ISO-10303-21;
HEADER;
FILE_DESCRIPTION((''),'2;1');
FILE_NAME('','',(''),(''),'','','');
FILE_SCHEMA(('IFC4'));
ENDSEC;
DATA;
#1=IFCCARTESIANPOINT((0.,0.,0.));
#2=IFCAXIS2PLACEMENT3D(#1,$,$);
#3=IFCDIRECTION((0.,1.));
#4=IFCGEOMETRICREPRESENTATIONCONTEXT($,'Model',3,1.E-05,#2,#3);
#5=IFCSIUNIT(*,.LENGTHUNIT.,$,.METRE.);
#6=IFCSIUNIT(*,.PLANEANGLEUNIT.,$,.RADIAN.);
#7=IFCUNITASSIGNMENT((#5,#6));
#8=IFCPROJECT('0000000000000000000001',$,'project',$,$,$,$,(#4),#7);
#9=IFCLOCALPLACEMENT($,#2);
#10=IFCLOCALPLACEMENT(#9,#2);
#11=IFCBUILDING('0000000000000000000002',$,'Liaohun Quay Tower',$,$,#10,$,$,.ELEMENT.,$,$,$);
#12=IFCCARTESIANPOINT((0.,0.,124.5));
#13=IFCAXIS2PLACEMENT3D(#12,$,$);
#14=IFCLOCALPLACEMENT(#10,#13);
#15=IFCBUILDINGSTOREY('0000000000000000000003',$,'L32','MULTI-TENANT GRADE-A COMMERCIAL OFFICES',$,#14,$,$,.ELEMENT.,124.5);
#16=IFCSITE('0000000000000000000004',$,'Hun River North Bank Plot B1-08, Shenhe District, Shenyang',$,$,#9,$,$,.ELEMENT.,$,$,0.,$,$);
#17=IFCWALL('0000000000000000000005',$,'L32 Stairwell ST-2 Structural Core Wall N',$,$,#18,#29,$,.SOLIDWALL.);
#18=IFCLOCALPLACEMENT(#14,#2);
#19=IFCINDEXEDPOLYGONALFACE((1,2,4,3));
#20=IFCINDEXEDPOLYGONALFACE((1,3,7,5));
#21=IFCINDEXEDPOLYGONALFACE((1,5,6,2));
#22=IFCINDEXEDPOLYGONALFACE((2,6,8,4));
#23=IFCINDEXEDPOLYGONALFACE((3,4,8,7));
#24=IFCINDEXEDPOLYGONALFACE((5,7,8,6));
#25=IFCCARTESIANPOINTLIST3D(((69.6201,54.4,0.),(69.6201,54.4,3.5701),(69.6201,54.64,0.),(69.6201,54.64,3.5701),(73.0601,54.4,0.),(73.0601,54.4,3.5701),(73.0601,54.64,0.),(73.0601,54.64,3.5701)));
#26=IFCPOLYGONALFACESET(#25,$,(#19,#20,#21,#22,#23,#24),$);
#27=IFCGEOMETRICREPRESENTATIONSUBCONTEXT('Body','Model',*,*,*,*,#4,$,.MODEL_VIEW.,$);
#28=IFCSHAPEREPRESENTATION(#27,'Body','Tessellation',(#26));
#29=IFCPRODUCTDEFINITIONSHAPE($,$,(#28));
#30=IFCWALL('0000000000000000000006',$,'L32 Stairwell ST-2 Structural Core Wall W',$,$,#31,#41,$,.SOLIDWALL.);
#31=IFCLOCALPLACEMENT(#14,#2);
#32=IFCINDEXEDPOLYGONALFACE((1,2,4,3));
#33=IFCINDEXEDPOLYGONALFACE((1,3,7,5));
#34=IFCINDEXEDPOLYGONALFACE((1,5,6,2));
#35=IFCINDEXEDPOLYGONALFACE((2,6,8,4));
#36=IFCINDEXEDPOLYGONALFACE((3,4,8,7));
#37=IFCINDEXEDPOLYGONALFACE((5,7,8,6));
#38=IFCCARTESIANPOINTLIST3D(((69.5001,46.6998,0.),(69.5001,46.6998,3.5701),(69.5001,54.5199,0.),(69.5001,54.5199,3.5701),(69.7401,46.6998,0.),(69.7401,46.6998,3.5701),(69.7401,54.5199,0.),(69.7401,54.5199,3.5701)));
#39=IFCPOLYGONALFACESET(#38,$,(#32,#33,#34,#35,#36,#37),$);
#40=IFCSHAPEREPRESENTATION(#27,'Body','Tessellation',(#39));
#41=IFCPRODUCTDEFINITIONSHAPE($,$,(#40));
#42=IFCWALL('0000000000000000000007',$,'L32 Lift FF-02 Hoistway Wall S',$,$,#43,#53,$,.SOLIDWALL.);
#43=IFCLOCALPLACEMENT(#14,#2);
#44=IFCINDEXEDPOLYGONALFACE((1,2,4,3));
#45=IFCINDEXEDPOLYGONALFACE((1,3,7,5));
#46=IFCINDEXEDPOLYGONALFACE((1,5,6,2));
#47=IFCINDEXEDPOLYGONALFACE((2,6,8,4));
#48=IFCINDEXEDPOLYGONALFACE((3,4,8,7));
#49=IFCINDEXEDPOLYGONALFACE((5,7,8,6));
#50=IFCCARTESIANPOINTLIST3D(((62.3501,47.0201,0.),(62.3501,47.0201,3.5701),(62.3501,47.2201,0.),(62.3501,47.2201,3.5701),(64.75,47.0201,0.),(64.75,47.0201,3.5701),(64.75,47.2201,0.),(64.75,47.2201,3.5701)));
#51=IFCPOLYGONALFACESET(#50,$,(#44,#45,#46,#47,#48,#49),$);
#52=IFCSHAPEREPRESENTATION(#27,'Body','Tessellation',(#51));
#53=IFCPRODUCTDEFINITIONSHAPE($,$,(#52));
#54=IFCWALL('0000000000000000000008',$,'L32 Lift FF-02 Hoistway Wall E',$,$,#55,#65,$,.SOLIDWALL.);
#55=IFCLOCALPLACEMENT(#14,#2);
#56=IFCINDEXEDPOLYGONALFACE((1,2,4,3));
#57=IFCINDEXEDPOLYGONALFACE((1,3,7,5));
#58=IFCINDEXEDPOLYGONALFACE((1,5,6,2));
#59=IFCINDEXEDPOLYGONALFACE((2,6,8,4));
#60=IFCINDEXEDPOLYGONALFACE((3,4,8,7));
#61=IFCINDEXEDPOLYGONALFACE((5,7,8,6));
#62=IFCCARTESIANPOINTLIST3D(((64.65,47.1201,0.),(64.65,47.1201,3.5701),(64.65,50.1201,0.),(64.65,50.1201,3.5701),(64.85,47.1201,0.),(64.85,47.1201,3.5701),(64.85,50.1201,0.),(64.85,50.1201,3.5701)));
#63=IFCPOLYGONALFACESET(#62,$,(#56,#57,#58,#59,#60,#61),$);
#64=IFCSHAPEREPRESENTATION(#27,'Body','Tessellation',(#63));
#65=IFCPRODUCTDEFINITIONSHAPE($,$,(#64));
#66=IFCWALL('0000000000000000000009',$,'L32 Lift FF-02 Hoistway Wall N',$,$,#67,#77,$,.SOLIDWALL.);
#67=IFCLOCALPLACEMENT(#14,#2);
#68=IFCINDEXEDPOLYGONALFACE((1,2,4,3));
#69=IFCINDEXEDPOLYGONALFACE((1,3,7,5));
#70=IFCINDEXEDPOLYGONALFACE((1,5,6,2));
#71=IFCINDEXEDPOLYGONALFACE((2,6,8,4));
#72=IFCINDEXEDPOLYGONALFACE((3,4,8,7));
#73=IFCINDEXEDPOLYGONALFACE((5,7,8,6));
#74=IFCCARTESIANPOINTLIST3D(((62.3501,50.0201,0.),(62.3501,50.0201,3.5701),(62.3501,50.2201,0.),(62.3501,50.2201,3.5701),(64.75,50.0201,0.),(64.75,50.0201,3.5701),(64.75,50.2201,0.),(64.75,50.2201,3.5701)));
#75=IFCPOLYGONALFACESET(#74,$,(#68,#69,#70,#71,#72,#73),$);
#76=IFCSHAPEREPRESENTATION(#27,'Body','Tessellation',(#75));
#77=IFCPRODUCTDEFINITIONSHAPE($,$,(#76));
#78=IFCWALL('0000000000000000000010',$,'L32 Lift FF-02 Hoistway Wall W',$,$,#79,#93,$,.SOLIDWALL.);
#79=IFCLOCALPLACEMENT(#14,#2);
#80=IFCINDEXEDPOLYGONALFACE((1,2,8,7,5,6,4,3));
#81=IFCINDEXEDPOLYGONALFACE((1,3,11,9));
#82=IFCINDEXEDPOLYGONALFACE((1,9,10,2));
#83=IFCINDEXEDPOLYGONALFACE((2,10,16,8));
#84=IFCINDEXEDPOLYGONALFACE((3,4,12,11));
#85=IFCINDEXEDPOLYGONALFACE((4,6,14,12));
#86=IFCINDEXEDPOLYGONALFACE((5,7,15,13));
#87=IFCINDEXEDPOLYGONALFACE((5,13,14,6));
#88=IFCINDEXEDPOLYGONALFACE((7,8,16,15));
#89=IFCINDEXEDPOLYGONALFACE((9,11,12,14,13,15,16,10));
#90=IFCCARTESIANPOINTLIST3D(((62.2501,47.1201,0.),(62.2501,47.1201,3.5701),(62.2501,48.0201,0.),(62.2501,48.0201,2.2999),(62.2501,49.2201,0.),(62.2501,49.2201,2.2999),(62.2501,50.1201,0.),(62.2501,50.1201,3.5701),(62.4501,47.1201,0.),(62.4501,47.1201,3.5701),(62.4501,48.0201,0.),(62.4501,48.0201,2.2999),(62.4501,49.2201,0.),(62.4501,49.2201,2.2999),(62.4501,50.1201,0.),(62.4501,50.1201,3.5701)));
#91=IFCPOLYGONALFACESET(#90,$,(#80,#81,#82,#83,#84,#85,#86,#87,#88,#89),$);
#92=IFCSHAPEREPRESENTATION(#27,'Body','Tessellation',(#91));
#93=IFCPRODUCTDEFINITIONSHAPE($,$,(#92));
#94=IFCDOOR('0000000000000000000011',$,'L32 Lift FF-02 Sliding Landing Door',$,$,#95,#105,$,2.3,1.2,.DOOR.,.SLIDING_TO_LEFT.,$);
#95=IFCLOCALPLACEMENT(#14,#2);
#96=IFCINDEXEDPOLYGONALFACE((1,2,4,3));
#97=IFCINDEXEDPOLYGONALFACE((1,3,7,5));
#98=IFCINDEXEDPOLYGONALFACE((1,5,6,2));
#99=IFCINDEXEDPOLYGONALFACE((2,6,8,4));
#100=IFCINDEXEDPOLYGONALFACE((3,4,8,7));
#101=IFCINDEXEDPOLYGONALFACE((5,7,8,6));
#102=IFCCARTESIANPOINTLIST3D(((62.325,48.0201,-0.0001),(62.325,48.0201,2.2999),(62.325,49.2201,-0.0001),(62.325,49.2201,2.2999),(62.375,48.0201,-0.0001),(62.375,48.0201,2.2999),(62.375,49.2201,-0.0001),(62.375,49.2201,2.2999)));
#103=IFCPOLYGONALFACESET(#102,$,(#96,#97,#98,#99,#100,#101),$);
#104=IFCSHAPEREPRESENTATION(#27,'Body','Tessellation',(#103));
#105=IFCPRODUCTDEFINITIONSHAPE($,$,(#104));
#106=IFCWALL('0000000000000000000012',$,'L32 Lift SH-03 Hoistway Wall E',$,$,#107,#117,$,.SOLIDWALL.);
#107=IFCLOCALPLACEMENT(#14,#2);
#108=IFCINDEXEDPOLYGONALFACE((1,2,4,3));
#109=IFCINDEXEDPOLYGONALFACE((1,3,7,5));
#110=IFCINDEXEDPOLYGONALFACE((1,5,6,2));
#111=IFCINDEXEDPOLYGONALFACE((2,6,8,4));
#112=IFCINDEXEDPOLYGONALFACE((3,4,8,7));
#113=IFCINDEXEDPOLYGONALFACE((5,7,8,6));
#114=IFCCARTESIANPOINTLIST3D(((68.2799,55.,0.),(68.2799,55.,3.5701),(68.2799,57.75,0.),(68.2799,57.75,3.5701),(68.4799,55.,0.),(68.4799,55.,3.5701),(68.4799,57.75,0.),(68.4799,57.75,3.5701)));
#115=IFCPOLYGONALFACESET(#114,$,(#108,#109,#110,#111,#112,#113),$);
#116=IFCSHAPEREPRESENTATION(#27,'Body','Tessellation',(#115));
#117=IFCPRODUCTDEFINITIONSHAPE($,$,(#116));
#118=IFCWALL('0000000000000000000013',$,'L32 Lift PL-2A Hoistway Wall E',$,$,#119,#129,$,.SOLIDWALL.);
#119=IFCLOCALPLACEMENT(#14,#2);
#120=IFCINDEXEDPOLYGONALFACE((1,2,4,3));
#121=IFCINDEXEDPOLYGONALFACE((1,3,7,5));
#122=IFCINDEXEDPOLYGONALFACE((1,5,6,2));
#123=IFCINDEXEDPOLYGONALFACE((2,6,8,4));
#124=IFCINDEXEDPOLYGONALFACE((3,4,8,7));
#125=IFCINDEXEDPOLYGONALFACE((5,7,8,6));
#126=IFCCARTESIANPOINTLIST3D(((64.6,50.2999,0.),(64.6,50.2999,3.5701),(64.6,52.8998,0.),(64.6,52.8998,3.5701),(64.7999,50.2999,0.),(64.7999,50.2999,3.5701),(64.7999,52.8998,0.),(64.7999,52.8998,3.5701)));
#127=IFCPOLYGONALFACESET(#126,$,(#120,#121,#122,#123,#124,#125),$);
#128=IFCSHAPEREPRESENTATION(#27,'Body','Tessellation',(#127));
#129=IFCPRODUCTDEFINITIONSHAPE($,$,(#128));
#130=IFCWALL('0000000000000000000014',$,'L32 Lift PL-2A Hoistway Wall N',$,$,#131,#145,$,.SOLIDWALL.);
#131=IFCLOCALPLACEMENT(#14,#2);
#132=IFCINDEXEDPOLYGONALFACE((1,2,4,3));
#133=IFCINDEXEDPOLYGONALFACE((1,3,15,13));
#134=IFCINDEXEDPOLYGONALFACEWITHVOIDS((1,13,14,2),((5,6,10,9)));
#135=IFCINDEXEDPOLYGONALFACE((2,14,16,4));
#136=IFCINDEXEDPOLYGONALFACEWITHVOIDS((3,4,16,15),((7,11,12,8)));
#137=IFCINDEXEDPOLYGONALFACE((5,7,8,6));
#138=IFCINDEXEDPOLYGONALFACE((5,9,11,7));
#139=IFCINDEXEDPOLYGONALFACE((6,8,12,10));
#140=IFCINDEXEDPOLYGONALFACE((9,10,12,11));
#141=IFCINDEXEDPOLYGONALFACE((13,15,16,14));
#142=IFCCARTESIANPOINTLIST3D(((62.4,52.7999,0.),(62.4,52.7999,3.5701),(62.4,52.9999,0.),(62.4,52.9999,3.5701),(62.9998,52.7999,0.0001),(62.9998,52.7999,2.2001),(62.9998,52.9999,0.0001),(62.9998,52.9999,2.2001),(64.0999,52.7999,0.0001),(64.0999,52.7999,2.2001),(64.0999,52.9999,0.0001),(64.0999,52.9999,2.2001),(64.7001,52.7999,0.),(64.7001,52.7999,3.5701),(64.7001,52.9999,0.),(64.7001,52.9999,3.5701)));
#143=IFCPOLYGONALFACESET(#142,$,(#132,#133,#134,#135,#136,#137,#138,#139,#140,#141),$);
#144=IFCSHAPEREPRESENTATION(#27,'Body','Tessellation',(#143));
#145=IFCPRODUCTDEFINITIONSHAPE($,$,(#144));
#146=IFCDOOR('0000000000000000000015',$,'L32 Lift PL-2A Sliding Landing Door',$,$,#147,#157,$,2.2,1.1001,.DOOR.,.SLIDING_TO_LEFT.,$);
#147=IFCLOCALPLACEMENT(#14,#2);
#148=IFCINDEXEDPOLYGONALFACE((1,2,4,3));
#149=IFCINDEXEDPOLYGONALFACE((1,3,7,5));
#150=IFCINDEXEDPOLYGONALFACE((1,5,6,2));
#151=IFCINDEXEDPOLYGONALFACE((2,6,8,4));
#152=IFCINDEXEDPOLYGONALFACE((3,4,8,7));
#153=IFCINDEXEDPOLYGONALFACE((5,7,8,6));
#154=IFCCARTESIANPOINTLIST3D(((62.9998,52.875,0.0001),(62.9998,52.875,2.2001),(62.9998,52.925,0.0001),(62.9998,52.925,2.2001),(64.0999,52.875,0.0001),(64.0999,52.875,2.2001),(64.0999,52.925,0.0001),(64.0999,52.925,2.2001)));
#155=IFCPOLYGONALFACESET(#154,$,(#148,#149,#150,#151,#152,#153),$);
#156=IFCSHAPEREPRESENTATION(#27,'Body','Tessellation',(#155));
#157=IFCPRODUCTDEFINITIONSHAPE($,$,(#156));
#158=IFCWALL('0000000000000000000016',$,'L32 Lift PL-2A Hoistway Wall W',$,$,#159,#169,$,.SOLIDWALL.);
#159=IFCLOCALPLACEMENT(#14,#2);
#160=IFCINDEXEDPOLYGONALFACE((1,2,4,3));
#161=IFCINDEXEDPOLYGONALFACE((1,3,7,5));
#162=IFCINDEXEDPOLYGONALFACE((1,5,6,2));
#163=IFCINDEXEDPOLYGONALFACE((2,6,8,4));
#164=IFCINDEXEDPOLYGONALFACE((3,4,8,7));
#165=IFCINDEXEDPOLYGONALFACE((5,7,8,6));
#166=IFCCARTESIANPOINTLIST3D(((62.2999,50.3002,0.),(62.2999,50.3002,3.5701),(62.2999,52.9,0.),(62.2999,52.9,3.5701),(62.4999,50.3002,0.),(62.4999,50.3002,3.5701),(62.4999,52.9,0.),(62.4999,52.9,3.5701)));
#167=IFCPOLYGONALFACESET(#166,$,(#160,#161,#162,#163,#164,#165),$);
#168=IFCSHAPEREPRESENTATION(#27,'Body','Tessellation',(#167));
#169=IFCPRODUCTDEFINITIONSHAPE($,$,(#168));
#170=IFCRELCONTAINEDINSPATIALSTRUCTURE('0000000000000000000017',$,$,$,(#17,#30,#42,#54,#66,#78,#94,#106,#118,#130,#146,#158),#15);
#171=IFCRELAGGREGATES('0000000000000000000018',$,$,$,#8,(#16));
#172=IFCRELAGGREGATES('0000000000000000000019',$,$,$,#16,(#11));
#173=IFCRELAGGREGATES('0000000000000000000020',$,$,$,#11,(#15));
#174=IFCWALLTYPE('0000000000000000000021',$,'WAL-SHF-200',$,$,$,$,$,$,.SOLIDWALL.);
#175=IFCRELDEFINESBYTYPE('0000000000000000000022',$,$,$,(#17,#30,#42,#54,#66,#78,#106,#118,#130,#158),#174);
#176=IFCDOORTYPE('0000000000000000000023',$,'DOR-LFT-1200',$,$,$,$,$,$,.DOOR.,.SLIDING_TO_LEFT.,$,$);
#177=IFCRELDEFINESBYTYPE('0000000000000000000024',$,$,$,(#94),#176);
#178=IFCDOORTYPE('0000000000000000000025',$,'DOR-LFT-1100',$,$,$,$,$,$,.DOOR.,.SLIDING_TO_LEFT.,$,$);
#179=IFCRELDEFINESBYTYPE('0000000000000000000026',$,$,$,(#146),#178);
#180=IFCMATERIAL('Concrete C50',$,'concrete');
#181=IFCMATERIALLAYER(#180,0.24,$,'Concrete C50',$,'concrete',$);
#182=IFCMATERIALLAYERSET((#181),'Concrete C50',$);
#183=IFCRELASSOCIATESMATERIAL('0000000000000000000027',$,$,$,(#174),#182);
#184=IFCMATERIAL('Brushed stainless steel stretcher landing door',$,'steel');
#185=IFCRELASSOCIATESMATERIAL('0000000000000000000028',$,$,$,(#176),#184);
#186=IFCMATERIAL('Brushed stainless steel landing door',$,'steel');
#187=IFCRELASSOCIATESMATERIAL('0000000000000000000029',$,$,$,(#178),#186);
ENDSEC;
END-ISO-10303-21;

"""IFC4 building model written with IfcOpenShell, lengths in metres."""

from ifc_helpers import new_model, si_unit, direction, frame, frame_2d, origin, place, context, subcontext, project, spatial, rectangle, extrude, source, transform, mapped, material, layer, layer_set, type_object, element, fill, save


model = new_model("IFC4")

# Units and contexts
model_context = context("Model", 3, precision=1e-05, world=origin(), true_north=direction((0.0, 1.0)))
body_context = subcontext(model_context, "Body", "Model", "MODEL_VIEW")
ifc_project = project(units=[si_unit("LENGTHUNIT", "METRE"), si_unit("PLANEANGLEUNIT", "RADIAN")], contexts=[model_context])

# Site, building, storey
site_placement = place(None, origin())
site = spatial("IfcSite", under=ifc_project, at=site_placement, Name="Hun River North Bank Plot B1-08, Shenhe District, Shenyang", CompositionType="ELEMENT", RefElevation=0.0)
building_placement = place(site_placement, origin())
building = spatial("IfcBuilding", under=site, at=building_placement, Name="Liaohun Quay Tower", CompositionType="ELEMENT")
storey_placement = place(building_placement, frame((0.0, 0.0, 124.5)))
storey = spatial("IfcBuildingStorey", under=building, at=storey_placement, Name="L32", Description="MULTI-TENANT GRADE-A COMMERCIAL OFFICES", CompositionType="ELEMENT", Elevation=124.5)

# Walls
ifc_material_1 = material(Name="Concrete C50", Category="concrete")
ifc_layer_1 = layer(ifc_material_1, 0.24, Name="Concrete C50", Category="concrete")
ifc_layer_set_1 = layer_set([ifc_layer_1], Name="Concrete C50")
wall_type_1 = type_object("IfcWallType", Name="WAL-SHF-200", PredefinedType="SOLIDWALL", material=ifc_layer_set_1)
wall_1_placement = place(storey_placement, frame((73.0601, 54.52, 0.0), z_axis=(0.0, 0.0, 1.0), x_axis=(-1.0, 0.0, 0.0)))
element("IfcWall", 1, at=wall_1_placement, inside=storey, type_object=wall_type_1, Name="L32 Stairwell ST-2 Structural Core Wall N", PredefinedType="SOLIDWALL", context=body_context, shape_type="SweptSolid", body=[
    extrude(rectangle(XDim=3.4399, YDim=0.24, at=frame_2d((1.72, 0.0))), origin(), (0.0, 0.0, 1.0), 3.5701),
])
wall_2_placement = place(storey_placement, frame((69.6201, 54.52, 0.0), z_axis=(0.0, 0.0, 1.0), x_axis=(0.0, -1.0, 0.0)))
element("IfcWall", 2, at=wall_2_placement, inside=storey, type_object=wall_type_1, Name="L32 Stairwell ST-2 Structural Core Wall W", PredefinedType="SOLIDWALL", context=body_context, shape_type="SweptSolid", body=[
    extrude(rectangle(XDim=7.8201, YDim=0.24, at=frame_2d((3.9102, 0.0))), origin(), (0.0, 0.0, 1.0), 3.5701),
])
wall_3_placement = place(storey_placement, frame((62.3501, 47.1201, 0.0), z_axis=(0.0, 0.0, 1.0), x_axis=(1.0, 0.0, 0.0)))
element("IfcWall", 3, at=wall_3_placement, inside=storey, type_object=wall_type_1, Name="L32 Lift FF-02 Hoistway Wall S", PredefinedType="SOLIDWALL", context=body_context, shape_type="SweptSolid", body=[
    extrude(rectangle(XDim=2.3999, YDim=0.2, at=frame_2d((1.2, 0.0))), origin(), (0.0, 0.0, 1.0), 3.5701),
])
wall_4_placement = place(storey_placement, frame((64.75, 47.1201, 0.0), z_axis=(0.0, 0.0, 1.0), x_axis=(0.0, 1.0, 0.0)))
element("IfcWall", 4, at=wall_4_placement, inside=storey, type_object=wall_type_1, Name="L32 Lift FF-02 Hoistway Wall E", PredefinedType="SOLIDWALL", context=body_context, shape_type="SweptSolid", body=[
    extrude(rectangle(XDim=3.0, YDim=0.2, at=frame_2d((1.5, 0.0))), origin(), (0.0, 0.0, 1.0), 3.5701),
])
wall_5_placement = place(storey_placement, frame((64.75, 50.1201, 0.0), z_axis=(0.0, 0.0, 1.0), x_axis=(-1.0, 0.0, 0.0)))
element("IfcWall", 5, at=wall_5_placement, inside=storey, type_object=wall_type_1, Name="L32 Lift FF-02 Hoistway Wall N", PredefinedType="SOLIDWALL", context=body_context, shape_type="SweptSolid", body=[
    extrude(rectangle(XDim=2.3999, YDim=0.2, at=frame_2d((1.2, 0.0))), origin(), (0.0, 0.0, 1.0), 3.5701),
])

# Wall, opening, door
wall_6_placement = place(storey_placement, frame((62.3501, 50.1201, 0.0), z_axis=(0.0, 0.0, 1.0), x_axis=(0.0, -1.0, 0.0)))
wall_6 = element("IfcWall", 6, at=wall_6_placement, inside=storey, type_object=wall_type_1, Name="L32 Lift FF-02 Hoistway Wall W", PredefinedType="SOLIDWALL", context=body_context, shape_type="SweptSolid", body=[
    extrude(rectangle(XDim=3.0, YDim=0.2, at=frame_2d((1.5, 0.0))), origin(), (0.0, 0.0, 1.0), 3.5701),
])
shared_shape_1 = source(origin(), body_context, "Body", "SweptSolid", [
    extrude(rectangle(XDim=1.2, YDim=2.3, at=frame_2d((0.6001, 1.1499))), frame((0.0, 0.1099, 0.0), z_axis=(0.0, -1.0, 0.0), x_axis=(1.0, 0.0, 0.0)), (0.0, 0.0, 1.0), 0.22),
])
opening_1_placement = place(wall_6_placement, frame((0.8999, 0.0, 0.0)))
opening_1 = element("IfcOpeningElement", 7, at=opening_1_placement, cuts=wall_6, PredefinedType="OPENING", context=body_context, shape_type="MappedRepresentation", body=[
    mapped(shared_shape_1, transform((0.0, 0.0, 0.0), x_axis=(1.0, 0.0, 0.0), y_axis=(0.0, 1.0, 0.0), z_axis=(0.0, 0.0, 1.0), scale=1.0)),
])
ifc_material_2 = material(Name="Brushed stainless steel stretcher landing door", Category="steel")
door_type_1 = type_object("IfcDoorType", Name="DOR-LFT-1200", OperationType="SLIDING_TO_LEFT", PredefinedType="DOOR", material=ifc_material_2)
shared_shape_2 = source(origin(), body_context, "Body", "SweptSolid", [
    extrude(rectangle(XDim=1.2, YDim=2.3, at=frame_2d((0.6001, 1.1499))), frame((0.0, 0.0249, 0.0), z_axis=(0.0, -1.0, 0.0), x_axis=(1.0, 0.0, 0.0)), (0.0, 0.0, 1.0), 0.05),
])
door_1_placement = place(opening_1_placement, origin())
door_1 = element("IfcDoor", 8, at=door_1_placement, inside=storey, type_object=door_type_1, Name="L32 Lift FF-02 Sliding Landing Door", OperationType="SLIDING_TO_LEFT", OverallHeight=2.3, OverallWidth=1.2, PredefinedType="DOOR", context=body_context, shape_type="MappedRepresentation", body=[
    mapped(shared_shape_2, transform((0.0, 0.0, 0.0), x_axis=(1.0, 0.0, 0.0), y_axis=(0.0, 1.0, 0.0), z_axis=(0.0, 0.0, 1.0), scale=1.0)),
])
fill(opening_1, door_1)

# Walls
wall_7_placement = place(storey_placement, frame((68.3799, 55.0, 0.0), z_axis=(0.0, 0.0, 1.0), x_axis=(0.0, 1.0, 0.0)))
element("IfcWall", 9, at=wall_7_placement, inside=storey, type_object=wall_type_1, Name="L32 Lift SH-03 Hoistway Wall E", PredefinedType="SOLIDWALL", context=body_context, shape_type="SweptSolid", body=[
    extrude(rectangle(XDim=2.75, YDim=0.2, at=frame_2d((1.375, 0.0))), origin(), (0.0, 0.0, 1.0), 3.5701),
])
wall_8_placement = place(storey_placement, frame((64.7, 50.3, 0.0), z_axis=(0.0, 0.0, 1.0), x_axis=(0.0, 1.0, 0.0)))
element("IfcWall", 10, at=wall_8_placement, inside=storey, type_object=wall_type_1, Name="L32 Lift PL-2A Hoistway Wall E", PredefinedType="SOLIDWALL", context=body_context, shape_type="SweptSolid", body=[
    extrude(rectangle(XDim=2.5999, YDim=0.2, at=frame_2d((1.2998, 0.0))), origin(), (0.0, 0.0, 1.0), 3.5701),
])

# Wall, opening, door
wall_9_placement = place(storey_placement, frame((64.7, 52.8999, 0.0), z_axis=(0.0, 0.0, 1.0), x_axis=(-1.0, 0.0, 0.0)))
wall_9 = element("IfcWall", 11, at=wall_9_placement, inside=storey, type_object=wall_type_1, Name="L32 Lift PL-2A Hoistway Wall N", PredefinedType="SOLIDWALL", context=body_context, shape_type="SweptSolid", body=[
    extrude(rectangle(XDim=2.3, YDim=0.2, at=frame_2d((1.1499, 0.0))), origin(), (0.0, 0.0, 1.0), 3.5701),
])
shared_shape_3 = source(origin(), body_context, "Body", "SweptSolid", [
    extrude(rectangle(XDim=1.1001, YDim=2.2, at=frame_2d((0.55, 1.1001))), frame((0.0, 0.1099, 0.0), z_axis=(0.0, -1.0, 0.0), x_axis=(1.0, 0.0, 0.0)), (0.0, 0.0, 1.0), 0.22),
])
opening_2_placement = place(wall_9_placement, frame((0.6001, 0.0, 0.0)))
opening_2 = element("IfcOpeningElement", 12, at=opening_2_placement, cuts=wall_9, PredefinedType="OPENING", context=body_context, shape_type="MappedRepresentation", body=[
    mapped(shared_shape_3, transform((0.0, 0.0, 0.0), x_axis=(1.0, 0.0, 0.0), y_axis=(0.0, 1.0, 0.0), z_axis=(0.0, 0.0, 1.0), scale=1.0)),
])
ifc_material_3 = material(Name="Brushed stainless steel landing door", Category="steel")
door_type_2 = type_object("IfcDoorType", Name="DOR-LFT-1100", OperationType="SLIDING_TO_LEFT", PredefinedType="DOOR", material=ifc_material_3)
shared_shape_4 = source(origin(), body_context, "Body", "SweptSolid", [
    extrude(rectangle(XDim=1.1001, YDim=2.2, at=frame_2d((0.55, 1.1001))), frame((0.0, 0.0249, 0.0), z_axis=(0.0, -1.0, 0.0), x_axis=(1.0, 0.0, 0.0)), (0.0, 0.0, 1.0), 0.05),
])
door_2_placement = place(opening_2_placement, origin())
door_2 = element("IfcDoor", 13, at=door_2_placement, inside=storey, type_object=door_type_2, Name="L32 Lift PL-2A Sliding Landing Door", OperationType="SLIDING_TO_LEFT", OverallHeight=2.2, OverallWidth=1.1001, PredefinedType="DOOR", context=body_context, shape_type="MappedRepresentation", body=[
    mapped(shared_shape_4, transform((0.0, 0.0, 0.0), x_axis=(1.0, 0.0, 0.0), y_axis=(0.0, 1.0, 0.0), z_axis=(0.0, 0.0, 1.0), scale=1.0)),
])
fill(opening_2, door_2)

# Wall
wall_10_placement = place(storey_placement, frame((62.3999, 52.8999, 0.0), z_axis=(0.0, 0.0, 1.0), x_axis=(0.0, -1.0, 0.0)))
element("IfcWall", 14, at=wall_10_placement, inside=storey, type_object=wall_type_1, Name="L32 Lift PL-2A Hoistway Wall W", PredefinedType="SOLIDWALL", context=body_context, shape_type="SweptSolid", body=[
    extrude(rectangle(XDim=2.5999, YDim=0.2, at=frame_2d((1.2998, 0.0))), origin(), (0.0, 0.0, 1.0), 3.5701),
])

save(model, "model.ifc")
